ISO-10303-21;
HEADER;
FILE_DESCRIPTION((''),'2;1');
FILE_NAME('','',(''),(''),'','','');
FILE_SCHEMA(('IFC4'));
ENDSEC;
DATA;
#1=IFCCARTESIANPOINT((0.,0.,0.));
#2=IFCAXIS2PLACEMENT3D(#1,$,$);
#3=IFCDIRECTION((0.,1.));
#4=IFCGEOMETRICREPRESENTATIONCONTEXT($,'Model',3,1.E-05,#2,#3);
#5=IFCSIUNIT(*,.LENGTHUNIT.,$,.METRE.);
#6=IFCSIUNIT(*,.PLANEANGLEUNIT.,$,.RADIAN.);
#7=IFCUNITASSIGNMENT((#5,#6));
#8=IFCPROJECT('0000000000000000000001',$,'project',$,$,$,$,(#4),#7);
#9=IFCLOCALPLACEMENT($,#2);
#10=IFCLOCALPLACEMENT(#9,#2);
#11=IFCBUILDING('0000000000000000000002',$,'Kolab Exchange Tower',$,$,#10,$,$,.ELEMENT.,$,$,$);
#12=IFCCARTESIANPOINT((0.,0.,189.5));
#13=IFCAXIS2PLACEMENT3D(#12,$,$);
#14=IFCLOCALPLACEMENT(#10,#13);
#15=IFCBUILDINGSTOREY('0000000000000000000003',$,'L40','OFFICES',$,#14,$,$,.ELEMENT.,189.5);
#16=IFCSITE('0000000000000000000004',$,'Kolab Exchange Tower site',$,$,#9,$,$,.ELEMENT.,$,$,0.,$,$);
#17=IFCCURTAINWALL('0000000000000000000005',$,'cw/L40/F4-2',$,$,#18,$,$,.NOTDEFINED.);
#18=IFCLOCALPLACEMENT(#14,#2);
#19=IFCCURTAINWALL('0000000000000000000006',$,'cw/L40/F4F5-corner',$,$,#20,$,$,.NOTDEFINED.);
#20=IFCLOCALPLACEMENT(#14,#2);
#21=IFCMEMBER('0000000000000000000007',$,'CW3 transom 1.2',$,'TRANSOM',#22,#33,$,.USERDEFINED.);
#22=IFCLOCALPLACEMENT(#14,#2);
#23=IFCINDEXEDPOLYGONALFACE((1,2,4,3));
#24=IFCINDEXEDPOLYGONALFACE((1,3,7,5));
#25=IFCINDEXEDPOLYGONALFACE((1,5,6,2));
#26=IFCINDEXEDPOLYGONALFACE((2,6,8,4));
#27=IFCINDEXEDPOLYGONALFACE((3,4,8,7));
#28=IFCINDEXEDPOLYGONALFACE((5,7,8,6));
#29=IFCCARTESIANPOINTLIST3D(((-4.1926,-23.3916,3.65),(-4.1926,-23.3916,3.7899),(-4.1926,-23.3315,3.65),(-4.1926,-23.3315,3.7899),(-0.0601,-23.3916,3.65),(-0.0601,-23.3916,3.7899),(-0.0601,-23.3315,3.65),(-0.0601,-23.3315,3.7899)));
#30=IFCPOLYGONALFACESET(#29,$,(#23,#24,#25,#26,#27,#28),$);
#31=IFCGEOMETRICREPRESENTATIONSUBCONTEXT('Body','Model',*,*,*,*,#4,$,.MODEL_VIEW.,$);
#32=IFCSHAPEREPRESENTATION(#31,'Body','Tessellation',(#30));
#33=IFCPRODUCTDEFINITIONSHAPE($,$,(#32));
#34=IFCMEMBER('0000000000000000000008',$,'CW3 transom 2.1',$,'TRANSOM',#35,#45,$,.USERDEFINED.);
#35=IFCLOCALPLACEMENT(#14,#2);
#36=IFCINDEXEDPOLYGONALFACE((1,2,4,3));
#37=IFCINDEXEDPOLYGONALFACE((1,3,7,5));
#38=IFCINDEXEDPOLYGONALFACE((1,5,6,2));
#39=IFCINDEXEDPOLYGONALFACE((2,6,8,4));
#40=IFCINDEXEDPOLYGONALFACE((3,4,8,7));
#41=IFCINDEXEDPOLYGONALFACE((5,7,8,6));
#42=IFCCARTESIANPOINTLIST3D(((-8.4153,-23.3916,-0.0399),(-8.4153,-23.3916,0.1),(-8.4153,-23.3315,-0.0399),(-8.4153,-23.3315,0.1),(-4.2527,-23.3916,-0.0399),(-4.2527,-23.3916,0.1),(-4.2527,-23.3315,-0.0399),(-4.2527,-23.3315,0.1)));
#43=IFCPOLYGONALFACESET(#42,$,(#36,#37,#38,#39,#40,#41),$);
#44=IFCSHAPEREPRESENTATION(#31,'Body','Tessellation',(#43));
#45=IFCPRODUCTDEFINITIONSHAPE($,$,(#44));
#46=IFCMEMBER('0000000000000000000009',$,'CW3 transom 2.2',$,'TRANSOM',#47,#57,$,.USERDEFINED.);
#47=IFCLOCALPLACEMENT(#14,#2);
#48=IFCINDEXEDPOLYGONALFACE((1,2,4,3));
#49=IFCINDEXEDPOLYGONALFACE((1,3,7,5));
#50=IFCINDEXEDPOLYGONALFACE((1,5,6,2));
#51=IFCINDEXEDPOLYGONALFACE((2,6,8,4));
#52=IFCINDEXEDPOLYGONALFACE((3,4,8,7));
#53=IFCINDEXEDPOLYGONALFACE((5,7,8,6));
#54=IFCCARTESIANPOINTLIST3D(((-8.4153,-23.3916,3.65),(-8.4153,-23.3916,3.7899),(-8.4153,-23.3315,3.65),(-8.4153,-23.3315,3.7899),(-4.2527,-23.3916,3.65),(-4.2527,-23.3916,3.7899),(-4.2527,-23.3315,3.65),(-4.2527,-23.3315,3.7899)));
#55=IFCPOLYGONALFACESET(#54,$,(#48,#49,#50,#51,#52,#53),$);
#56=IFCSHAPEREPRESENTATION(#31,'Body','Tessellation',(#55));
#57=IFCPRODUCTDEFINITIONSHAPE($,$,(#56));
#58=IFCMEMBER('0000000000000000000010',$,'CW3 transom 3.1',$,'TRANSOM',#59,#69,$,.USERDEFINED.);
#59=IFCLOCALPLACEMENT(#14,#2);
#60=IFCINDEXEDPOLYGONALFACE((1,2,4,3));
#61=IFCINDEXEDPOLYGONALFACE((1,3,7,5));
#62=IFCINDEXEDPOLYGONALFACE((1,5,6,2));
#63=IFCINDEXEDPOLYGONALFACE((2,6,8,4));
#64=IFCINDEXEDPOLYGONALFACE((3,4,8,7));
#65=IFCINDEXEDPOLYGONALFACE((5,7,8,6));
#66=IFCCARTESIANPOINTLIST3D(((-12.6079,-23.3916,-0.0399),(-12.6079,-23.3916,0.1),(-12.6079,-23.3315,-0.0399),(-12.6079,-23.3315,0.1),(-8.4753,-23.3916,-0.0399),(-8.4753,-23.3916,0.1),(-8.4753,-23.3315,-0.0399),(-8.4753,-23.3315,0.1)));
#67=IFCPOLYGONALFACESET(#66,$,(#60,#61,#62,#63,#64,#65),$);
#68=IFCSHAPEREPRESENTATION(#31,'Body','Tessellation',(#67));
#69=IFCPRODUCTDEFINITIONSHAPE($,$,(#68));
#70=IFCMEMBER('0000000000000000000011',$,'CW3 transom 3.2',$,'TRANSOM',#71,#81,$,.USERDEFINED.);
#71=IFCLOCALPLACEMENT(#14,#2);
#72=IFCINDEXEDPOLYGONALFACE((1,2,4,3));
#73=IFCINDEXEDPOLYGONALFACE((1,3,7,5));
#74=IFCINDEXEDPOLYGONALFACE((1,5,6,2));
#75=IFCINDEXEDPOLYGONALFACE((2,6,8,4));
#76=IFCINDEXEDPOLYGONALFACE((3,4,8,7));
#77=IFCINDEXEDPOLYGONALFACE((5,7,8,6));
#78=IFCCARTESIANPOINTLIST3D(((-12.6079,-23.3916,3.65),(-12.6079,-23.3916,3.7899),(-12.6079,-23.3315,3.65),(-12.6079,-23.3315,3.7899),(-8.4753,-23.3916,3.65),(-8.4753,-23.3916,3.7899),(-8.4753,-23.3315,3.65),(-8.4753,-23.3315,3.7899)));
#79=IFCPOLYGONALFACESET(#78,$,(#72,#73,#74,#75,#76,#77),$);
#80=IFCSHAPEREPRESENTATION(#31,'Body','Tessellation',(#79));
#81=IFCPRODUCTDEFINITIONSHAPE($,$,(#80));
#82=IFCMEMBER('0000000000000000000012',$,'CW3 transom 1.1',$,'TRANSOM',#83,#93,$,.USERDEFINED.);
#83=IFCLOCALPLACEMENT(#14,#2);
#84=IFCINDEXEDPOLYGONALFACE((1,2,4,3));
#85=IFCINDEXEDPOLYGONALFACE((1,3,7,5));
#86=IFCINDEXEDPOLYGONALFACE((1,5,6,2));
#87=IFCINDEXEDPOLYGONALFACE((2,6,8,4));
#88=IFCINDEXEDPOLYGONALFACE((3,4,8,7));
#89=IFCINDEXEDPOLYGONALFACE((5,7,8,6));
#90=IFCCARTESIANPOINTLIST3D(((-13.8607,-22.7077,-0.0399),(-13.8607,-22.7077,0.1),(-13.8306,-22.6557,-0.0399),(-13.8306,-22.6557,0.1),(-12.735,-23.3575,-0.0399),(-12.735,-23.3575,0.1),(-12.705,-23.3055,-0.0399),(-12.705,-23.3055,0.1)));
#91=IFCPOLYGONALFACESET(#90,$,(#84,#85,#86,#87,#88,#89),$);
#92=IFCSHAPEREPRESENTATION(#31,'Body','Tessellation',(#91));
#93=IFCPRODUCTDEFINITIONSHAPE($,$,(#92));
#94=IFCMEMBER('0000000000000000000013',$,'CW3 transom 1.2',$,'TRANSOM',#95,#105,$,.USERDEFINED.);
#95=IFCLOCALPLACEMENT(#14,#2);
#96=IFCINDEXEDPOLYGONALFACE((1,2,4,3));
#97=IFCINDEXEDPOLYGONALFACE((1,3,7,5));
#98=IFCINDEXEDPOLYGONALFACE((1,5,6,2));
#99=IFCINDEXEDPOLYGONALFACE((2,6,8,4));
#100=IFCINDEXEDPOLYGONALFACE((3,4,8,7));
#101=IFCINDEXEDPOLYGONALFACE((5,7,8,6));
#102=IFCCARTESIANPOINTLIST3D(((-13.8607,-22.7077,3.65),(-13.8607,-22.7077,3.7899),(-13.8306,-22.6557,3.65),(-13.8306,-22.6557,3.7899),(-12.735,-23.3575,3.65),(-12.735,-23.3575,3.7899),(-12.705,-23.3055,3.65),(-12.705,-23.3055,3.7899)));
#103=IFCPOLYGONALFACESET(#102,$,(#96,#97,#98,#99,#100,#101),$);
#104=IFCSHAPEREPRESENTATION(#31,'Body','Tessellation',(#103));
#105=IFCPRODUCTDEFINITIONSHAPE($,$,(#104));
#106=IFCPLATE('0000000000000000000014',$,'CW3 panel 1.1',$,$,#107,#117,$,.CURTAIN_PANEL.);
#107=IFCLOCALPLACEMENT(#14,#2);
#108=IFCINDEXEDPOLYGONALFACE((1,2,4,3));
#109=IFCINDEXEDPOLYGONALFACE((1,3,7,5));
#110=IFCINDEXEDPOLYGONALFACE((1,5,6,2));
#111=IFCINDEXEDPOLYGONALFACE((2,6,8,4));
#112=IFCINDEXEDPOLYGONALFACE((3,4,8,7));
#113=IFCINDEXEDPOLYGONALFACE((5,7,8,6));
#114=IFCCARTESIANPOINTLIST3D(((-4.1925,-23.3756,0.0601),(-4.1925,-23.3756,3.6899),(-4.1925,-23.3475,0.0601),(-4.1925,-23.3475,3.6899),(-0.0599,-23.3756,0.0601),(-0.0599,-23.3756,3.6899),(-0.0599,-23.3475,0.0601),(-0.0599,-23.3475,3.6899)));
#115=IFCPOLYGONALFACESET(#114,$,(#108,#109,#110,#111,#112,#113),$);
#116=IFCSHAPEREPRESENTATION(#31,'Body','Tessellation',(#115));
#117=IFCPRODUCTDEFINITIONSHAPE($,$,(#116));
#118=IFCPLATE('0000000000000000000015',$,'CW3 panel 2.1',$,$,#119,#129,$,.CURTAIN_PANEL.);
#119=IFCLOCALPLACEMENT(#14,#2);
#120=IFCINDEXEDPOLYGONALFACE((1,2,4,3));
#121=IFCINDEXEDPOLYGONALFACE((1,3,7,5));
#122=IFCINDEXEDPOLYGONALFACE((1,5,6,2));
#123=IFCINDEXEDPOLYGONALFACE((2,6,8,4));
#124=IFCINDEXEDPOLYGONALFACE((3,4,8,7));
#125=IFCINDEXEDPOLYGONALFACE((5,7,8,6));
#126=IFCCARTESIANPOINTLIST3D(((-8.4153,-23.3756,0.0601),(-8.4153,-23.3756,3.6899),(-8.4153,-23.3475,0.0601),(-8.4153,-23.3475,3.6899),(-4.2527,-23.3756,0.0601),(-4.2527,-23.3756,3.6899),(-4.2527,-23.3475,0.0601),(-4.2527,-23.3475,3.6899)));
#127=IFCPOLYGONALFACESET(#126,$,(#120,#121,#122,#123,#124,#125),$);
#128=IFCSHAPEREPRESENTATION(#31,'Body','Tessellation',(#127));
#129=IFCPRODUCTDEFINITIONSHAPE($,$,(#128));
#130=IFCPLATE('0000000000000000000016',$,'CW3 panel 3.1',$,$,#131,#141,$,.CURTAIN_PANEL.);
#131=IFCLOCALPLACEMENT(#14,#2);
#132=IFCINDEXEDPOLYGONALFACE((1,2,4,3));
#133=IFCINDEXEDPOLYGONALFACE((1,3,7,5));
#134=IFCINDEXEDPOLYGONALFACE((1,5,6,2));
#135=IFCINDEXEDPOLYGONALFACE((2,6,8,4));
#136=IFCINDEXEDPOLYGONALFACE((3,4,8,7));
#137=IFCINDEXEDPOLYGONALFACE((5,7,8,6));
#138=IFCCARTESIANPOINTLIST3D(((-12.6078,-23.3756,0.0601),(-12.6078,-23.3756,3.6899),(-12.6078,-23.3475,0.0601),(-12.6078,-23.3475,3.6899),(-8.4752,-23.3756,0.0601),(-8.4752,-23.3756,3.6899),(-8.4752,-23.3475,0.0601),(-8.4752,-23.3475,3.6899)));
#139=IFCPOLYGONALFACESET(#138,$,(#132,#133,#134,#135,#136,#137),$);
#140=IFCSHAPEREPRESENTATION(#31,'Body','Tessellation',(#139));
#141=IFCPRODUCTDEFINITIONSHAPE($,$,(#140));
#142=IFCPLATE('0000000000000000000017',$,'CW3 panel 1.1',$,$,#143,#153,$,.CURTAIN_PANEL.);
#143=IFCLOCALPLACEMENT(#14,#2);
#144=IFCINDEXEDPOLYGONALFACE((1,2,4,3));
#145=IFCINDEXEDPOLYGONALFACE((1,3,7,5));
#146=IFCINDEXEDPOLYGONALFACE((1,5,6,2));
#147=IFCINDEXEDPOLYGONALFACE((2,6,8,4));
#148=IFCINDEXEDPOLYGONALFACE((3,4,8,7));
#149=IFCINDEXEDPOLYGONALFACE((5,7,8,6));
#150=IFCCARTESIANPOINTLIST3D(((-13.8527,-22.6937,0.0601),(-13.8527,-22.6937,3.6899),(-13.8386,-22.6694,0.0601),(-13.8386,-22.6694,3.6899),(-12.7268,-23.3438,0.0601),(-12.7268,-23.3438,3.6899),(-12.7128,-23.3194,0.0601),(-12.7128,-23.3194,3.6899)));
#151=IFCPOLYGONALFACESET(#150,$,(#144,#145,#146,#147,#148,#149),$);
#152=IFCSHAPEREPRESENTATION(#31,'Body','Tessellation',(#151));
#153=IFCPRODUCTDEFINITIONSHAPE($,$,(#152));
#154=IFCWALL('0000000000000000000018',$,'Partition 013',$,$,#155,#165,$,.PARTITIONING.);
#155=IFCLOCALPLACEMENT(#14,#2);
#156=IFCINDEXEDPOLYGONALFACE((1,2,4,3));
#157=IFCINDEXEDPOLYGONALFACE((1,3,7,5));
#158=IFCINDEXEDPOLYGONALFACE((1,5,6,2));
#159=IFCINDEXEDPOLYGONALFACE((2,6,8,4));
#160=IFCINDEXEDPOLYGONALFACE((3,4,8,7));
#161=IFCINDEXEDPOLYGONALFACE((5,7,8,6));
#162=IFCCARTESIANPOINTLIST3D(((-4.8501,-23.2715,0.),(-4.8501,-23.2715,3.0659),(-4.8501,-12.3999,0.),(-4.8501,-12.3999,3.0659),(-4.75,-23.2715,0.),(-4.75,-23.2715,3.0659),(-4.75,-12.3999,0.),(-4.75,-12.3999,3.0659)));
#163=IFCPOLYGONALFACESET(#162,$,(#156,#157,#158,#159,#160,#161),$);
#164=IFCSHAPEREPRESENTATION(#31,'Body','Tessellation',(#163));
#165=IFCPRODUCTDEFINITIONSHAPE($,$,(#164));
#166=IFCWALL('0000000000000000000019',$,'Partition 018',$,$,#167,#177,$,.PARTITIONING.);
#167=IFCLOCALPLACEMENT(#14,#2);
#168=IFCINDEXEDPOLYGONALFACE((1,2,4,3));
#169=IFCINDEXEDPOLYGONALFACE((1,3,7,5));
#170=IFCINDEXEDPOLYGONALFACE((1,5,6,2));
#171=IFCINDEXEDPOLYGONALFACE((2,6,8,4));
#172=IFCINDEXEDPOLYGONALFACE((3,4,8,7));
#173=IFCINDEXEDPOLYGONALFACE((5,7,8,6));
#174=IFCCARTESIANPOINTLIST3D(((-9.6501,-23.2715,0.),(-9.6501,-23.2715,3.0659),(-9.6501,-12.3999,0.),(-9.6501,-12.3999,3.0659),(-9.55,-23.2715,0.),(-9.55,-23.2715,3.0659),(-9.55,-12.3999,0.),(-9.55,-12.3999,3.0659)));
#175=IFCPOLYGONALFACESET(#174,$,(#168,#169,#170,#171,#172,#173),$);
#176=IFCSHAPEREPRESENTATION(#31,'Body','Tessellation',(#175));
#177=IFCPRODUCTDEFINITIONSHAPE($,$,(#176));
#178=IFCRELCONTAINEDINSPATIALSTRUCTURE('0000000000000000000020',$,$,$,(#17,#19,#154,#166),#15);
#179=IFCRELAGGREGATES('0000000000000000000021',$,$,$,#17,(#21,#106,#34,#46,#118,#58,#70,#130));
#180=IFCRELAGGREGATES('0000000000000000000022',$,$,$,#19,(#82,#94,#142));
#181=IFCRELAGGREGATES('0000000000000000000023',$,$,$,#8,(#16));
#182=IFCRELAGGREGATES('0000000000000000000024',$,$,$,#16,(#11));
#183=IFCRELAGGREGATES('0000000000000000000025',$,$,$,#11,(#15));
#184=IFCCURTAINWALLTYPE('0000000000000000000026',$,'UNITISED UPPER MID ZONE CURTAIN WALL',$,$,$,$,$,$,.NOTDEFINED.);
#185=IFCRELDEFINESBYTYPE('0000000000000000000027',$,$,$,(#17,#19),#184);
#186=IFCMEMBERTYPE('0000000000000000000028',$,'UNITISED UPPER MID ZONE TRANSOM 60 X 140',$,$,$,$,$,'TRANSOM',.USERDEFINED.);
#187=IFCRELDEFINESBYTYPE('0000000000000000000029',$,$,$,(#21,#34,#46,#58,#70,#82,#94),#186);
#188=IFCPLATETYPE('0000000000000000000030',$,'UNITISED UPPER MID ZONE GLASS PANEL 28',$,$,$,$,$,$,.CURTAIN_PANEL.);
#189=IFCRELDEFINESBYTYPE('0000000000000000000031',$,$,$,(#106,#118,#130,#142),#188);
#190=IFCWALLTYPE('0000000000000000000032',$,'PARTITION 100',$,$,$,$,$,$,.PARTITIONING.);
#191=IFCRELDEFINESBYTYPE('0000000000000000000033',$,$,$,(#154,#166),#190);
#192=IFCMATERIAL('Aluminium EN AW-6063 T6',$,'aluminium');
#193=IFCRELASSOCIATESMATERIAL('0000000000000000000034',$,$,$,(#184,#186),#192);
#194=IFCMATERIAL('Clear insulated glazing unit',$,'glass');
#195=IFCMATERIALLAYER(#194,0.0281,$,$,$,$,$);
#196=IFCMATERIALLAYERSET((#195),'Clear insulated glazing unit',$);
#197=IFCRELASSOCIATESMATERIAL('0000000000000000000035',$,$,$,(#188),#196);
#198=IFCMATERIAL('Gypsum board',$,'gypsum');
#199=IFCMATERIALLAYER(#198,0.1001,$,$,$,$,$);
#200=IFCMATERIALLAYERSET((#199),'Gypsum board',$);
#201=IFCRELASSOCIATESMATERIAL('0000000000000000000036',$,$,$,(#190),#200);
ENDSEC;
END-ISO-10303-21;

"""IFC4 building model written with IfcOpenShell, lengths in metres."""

from ifc_helpers import new_model, si_unit, direction, frame, frame_2d, origin, origin_2d, place, context, subcontext, project, spatial, rectangle, extrude, material, layer, layer_set, material_profile, profile_set, type_object, element, aggregate, save


model = new_model("IFC4")

# Units and contexts
model_context = context("Model", 3, precision=1e-05, world=origin(), true_north=direction((0.0, 1.0)))
body_context = subcontext(model_context, "Body", "Model", "MODEL_VIEW")
ifc_project = project(units=[si_unit("LENGTHUNIT", "METRE"), si_unit("PLANEANGLEUNIT", "RADIAN")], contexts=[model_context])

# Site, building, storey
site_placement = place(None, origin())
site = spatial("IfcSite", under=ifc_project, at=site_placement, Name="Kolab Exchange Tower site", CompositionType="ELEMENT", RefElevation=0.0)
building_placement = place(site_placement, origin())
building = spatial("IfcBuilding", under=site, at=building_placement, Name="Kolab Exchange Tower", CompositionType="ELEMENT")
storey_placement = place(building_placement, frame((0.0, 0.0, 189.5)))
storey = spatial("IfcBuildingStorey", under=building, at=storey_placement, Name="L40", Description="OFFICES", CompositionType="ELEMENT", Elevation=189.5)

# Curtain wall
ifc_material_1 = material(Name="Aluminium EN AW-6063 T6", Category="aluminium")
curtain_wall_type = type_object("IfcCurtainWallType", Name="UNITISED UPPER MID ZONE CURTAIN WALL", PredefinedType="NOTDEFINED", material=ifc_material_1)
curtain_wall_1_placement = place(storey_placement, origin())
curtain_wall_1 = element("IfcCurtainWall", 1, at=curtain_wall_1_placement, inside=storey, type_object=curtain_wall_type, Name="cw/L40/F4-2", PredefinedType="NOTDEFINED")

# Curtain wall
curtain_wall_2_placement = place(storey_placement, origin())
curtain_wall_2 = element("IfcCurtainWall", 2, at=curtain_wall_2_placement, inside=storey, type_object=curtain_wall_type, Name="cw/L40/F4F5-corner", PredefinedType="NOTDEFINED")

# Members
ifc_material_profile_1 = material_profile(ifc_material_1, rectangle(XDim=0.0601, YDim=0.1399, at=origin_2d()), Name="RECT 60X140")
ifc_profile_set_1 = profile_set([ifc_material_profile_1], Name="Aluminium EN AW-6063 T6")
member_type_1 = type_object("IfcMemberType", Name="UNITISED UPPER MID ZONE TRANSOM 60 X 140", ElementType="TRANSOM", PredefinedType="USERDEFINED", material=ifc_profile_set_1)
member_1_placement = place(storey_placement, frame((-0.0601, -23.3616, 3.72), z_axis=(-1.0, 0.0, 0.0), x_axis=(0.0, -1.0, 0.0)))
member_1 = element("IfcMember", 3, at=member_1_placement, type_object=member_type_1, Name="CW3 transom 1.2", ObjectType="TRANSOM", PredefinedType="USERDEFINED", context=body_context, shape_type="SweptSolid", body=[
    extrude(rectangle(XDim=0.0601, YDim=0.1399, at=origin_2d()), origin(), (0.0, 0.0, 1.0), 4.1326),
])
member_2_placement = place(storey_placement, frame((-4.2527, -23.3616, 0.03), z_axis=(-1.0, 0.0, 0.0), x_axis=(0.0, -1.0, 0.0)))
member_2 = element("IfcMember", 4, at=member_2_placement, type_object=member_type_1, Name="CW3 transom 2.1", ObjectType="TRANSOM", PredefinedType="USERDEFINED", context=body_context, shape_type="SweptSolid", body=[
    extrude(rectangle(XDim=0.0601, YDim=0.1399, at=origin_2d()), origin(), (0.0, 0.0, 1.0), 4.1626),
])
member_3_placement = place(storey_placement, frame((-4.2527, -23.3616, 3.72), z_axis=(-1.0, 0.0, 0.0), x_axis=(0.0, -1.0, 0.0)))
member_3 = element("IfcMember", 5, at=member_3_placement, type_object=member_type_1, Name="CW3 transom 2.2", ObjectType="TRANSOM", PredefinedType="USERDEFINED", context=body_context, shape_type="SweptSolid", body=[
    extrude(rectangle(XDim=0.0601, YDim=0.1399, at=origin_2d()), origin(), (0.0, 0.0, 1.0), 4.1626),
])
member_4_placement = place(storey_placement, frame((-8.4753, -23.3616, 0.03), z_axis=(-1.0, 0.0, 0.0), x_axis=(0.0, -1.0, 0.0)))
member_4 = element("IfcMember", 6, at=member_4_placement, type_object=member_type_1, Name="CW3 transom 3.1", ObjectType="TRANSOM", PredefinedType="USERDEFINED", context=body_context, shape_type="SweptSolid", body=[
    extrude(rectangle(XDim=0.0601, YDim=0.1399, at=origin_2d()), origin(), (0.0, 0.0, 1.0), 4.1326),
])
member_5_placement = place(storey_placement, frame((-8.4753, -23.3616, 3.72), z_axis=(-1.0, 0.0, 0.0), x_axis=(0.0, -1.0, 0.0)))
member_5 = element("IfcMember", 7, at=member_5_placement, type_object=member_type_1, Name="CW3 transom 3.2", ObjectType="TRANSOM", PredefinedType="USERDEFINED", context=body_context, shape_type="SweptSolid", body=[
    extrude(rectangle(XDim=0.0601, YDim=0.1399, at=origin_2d()), origin(), (0.0, 0.0, 1.0), 4.1326),
])
member_6_placement = place(storey_placement, frame((-12.72, -23.3315, 0.03), z_axis=(-0.866039, 0.499977, 0.0), x_axis=(-0.499977, -0.866039, 0.0)))
member_6 = element("IfcMember", 8, at=member_6_placement, type_object=member_type_1, Name="CW3 transom 1.1", ObjectType="TRANSOM", PredefinedType="USERDEFINED", context=body_context, shape_type="SweptSolid", body=[
    extrude(rectangle(XDim=0.0601, YDim=0.1399, at=origin_2d()), origin(), (0.0, 0.0, 1.0), 1.2998),
])
member_7_placement = place(storey_placement, frame((-12.72, -23.3315, 3.72), z_axis=(-0.866039, 0.499977, 0.0), x_axis=(-0.499977, -0.866039, 0.0)))
member_7 = element("IfcMember", 9, at=member_7_placement, type_object=member_type_1, Name="CW3 transom 1.2", ObjectType="TRANSOM", PredefinedType="USERDEFINED", context=body_context, shape_type="SweptSolid", body=[
    extrude(rectangle(XDim=0.0601, YDim=0.1399, at=origin_2d()), origin(), (0.0, 0.0, 1.0), 1.2998),
])

# Plates
ifc_material_2 = material(Name="Clear insulated glazing unit", Category="glass")
ifc_layer_1 = layer(ifc_material_2, 0.0281)
ifc_layer_set_1 = layer_set([ifc_layer_1], Name="Clear insulated glazing unit")
plate_type = type_object("IfcPlateType", Name="UNITISED UPPER MID ZONE GLASS PANEL 28", PredefinedType="CURTAIN_PANEL", material=ifc_layer_set_1)
plate_1_placement = place(storey_placement, frame((-2.1262, -23.3616, 0.0601), z_axis=(0.0, 0.0, 1.0), x_axis=(-1.0, 0.0, 0.0)))
plate_1 = element("IfcPlate", 10, at=plate_1_placement, type_object=plate_type, Name="CW3 panel 1.1", PredefinedType="CURTAIN_PANEL", context=body_context, shape_type="SweptSolid", body=[
    extrude(rectangle(XDim=4.1326, YDim=0.0281, at=origin_2d()), origin(), (0.0, 0.0, 1.0), 3.6299),
])
plate_2_placement = place(storey_placement, frame((-6.334, -23.3616, 0.0601), z_axis=(0.0, 0.0, 1.0), x_axis=(-1.0, 0.0, 0.0)))
plate_2 = element("IfcPlate", 11, at=plate_2_placement, type_object=plate_type, Name="CW3 panel 2.1", PredefinedType="CURTAIN_PANEL", context=body_context, shape_type="SweptSolid", body=[
    extrude(rectangle(XDim=4.1626, YDim=0.0281, at=origin_2d()), origin(), (0.0, 0.0, 1.0), 3.6299),
])
plate_3_placement = place(storey_placement, frame((-10.5415, -23.3616, 0.0601), z_axis=(0.0, 0.0, 1.0), x_axis=(-1.0, 0.0, 0.0)))
plate_3 = element("IfcPlate", 12, at=plate_3_placement, type_object=plate_type, Name="CW3 panel 3.1", PredefinedType="CURTAIN_PANEL", context=body_context, shape_type="SweptSolid", body=[
    extrude(rectangle(XDim=4.1326, YDim=0.0281, at=origin_2d()), origin(), (0.0, 0.0, 1.0), 3.6299),
])
aggregate(curtain_wall_1, [member_1, plate_1, member_2, member_3, plate_2, member_4, member_5, plate_3])
plate_4_placement = place(storey_placement, frame((-13.2827, -23.0066, 0.0601), z_axis=(0.0, 0.0, 1.0), x_axis=(-0.866025, 0.5, 0.0)))
plate_4 = element("IfcPlate", 13, at=plate_4_placement, type_object=plate_type, Name="CW3 panel 1.1", PredefinedType="CURTAIN_PANEL", context=body_context, shape_type="SweptSolid", body=[
    extrude(rectangle(XDim=1.3, YDim=0.0281, at=origin_2d()), origin(), (0.0, 0.0, 1.0), 3.6299),
])
aggregate(curtain_wall_2, [member_6, member_7, plate_4])

# Walls
ifc_material_3 = material(Name="Gypsum board", Category="gypsum")
ifc_layer_2 = layer(ifc_material_3, 0.1001)
ifc_layer_set_2 = layer_set([ifc_layer_2], Name="Gypsum board")
wall_type = type_object("IfcWallType", Name="PARTITION 100", PredefinedType="PARTITIONING", material=ifc_layer_set_2)
for number, where, z_axis, x_axis, name in (
    (14, (-4.8, -23.2715, 0.0), (0.0, 0.0, 1.0), (0.0, 1.0, 0.0), "Partition 013"),
    (15, (-9.6001, -23.2715, 0.0), (0.0, 0.0, 1.0), (0.0, 1.0, 0.0), "Partition 018"),
):
    element("IfcWall", number, at=place(storey_placement, frame(where, z_axis=z_axis, x_axis=x_axis)), inside=storey, type_object=wall_type, Name=name, PredefinedType="PARTITIONING", context=body_context, shape_type="SweptSolid", body=[
        extrude(rectangle(XDim=10.8716, YDim=0.1001, at=frame_2d((5.4358, 0.0))), origin(), (0.0, 0.0, 1.0), 3.0659),
    ])

save(model, "model.ifc")
